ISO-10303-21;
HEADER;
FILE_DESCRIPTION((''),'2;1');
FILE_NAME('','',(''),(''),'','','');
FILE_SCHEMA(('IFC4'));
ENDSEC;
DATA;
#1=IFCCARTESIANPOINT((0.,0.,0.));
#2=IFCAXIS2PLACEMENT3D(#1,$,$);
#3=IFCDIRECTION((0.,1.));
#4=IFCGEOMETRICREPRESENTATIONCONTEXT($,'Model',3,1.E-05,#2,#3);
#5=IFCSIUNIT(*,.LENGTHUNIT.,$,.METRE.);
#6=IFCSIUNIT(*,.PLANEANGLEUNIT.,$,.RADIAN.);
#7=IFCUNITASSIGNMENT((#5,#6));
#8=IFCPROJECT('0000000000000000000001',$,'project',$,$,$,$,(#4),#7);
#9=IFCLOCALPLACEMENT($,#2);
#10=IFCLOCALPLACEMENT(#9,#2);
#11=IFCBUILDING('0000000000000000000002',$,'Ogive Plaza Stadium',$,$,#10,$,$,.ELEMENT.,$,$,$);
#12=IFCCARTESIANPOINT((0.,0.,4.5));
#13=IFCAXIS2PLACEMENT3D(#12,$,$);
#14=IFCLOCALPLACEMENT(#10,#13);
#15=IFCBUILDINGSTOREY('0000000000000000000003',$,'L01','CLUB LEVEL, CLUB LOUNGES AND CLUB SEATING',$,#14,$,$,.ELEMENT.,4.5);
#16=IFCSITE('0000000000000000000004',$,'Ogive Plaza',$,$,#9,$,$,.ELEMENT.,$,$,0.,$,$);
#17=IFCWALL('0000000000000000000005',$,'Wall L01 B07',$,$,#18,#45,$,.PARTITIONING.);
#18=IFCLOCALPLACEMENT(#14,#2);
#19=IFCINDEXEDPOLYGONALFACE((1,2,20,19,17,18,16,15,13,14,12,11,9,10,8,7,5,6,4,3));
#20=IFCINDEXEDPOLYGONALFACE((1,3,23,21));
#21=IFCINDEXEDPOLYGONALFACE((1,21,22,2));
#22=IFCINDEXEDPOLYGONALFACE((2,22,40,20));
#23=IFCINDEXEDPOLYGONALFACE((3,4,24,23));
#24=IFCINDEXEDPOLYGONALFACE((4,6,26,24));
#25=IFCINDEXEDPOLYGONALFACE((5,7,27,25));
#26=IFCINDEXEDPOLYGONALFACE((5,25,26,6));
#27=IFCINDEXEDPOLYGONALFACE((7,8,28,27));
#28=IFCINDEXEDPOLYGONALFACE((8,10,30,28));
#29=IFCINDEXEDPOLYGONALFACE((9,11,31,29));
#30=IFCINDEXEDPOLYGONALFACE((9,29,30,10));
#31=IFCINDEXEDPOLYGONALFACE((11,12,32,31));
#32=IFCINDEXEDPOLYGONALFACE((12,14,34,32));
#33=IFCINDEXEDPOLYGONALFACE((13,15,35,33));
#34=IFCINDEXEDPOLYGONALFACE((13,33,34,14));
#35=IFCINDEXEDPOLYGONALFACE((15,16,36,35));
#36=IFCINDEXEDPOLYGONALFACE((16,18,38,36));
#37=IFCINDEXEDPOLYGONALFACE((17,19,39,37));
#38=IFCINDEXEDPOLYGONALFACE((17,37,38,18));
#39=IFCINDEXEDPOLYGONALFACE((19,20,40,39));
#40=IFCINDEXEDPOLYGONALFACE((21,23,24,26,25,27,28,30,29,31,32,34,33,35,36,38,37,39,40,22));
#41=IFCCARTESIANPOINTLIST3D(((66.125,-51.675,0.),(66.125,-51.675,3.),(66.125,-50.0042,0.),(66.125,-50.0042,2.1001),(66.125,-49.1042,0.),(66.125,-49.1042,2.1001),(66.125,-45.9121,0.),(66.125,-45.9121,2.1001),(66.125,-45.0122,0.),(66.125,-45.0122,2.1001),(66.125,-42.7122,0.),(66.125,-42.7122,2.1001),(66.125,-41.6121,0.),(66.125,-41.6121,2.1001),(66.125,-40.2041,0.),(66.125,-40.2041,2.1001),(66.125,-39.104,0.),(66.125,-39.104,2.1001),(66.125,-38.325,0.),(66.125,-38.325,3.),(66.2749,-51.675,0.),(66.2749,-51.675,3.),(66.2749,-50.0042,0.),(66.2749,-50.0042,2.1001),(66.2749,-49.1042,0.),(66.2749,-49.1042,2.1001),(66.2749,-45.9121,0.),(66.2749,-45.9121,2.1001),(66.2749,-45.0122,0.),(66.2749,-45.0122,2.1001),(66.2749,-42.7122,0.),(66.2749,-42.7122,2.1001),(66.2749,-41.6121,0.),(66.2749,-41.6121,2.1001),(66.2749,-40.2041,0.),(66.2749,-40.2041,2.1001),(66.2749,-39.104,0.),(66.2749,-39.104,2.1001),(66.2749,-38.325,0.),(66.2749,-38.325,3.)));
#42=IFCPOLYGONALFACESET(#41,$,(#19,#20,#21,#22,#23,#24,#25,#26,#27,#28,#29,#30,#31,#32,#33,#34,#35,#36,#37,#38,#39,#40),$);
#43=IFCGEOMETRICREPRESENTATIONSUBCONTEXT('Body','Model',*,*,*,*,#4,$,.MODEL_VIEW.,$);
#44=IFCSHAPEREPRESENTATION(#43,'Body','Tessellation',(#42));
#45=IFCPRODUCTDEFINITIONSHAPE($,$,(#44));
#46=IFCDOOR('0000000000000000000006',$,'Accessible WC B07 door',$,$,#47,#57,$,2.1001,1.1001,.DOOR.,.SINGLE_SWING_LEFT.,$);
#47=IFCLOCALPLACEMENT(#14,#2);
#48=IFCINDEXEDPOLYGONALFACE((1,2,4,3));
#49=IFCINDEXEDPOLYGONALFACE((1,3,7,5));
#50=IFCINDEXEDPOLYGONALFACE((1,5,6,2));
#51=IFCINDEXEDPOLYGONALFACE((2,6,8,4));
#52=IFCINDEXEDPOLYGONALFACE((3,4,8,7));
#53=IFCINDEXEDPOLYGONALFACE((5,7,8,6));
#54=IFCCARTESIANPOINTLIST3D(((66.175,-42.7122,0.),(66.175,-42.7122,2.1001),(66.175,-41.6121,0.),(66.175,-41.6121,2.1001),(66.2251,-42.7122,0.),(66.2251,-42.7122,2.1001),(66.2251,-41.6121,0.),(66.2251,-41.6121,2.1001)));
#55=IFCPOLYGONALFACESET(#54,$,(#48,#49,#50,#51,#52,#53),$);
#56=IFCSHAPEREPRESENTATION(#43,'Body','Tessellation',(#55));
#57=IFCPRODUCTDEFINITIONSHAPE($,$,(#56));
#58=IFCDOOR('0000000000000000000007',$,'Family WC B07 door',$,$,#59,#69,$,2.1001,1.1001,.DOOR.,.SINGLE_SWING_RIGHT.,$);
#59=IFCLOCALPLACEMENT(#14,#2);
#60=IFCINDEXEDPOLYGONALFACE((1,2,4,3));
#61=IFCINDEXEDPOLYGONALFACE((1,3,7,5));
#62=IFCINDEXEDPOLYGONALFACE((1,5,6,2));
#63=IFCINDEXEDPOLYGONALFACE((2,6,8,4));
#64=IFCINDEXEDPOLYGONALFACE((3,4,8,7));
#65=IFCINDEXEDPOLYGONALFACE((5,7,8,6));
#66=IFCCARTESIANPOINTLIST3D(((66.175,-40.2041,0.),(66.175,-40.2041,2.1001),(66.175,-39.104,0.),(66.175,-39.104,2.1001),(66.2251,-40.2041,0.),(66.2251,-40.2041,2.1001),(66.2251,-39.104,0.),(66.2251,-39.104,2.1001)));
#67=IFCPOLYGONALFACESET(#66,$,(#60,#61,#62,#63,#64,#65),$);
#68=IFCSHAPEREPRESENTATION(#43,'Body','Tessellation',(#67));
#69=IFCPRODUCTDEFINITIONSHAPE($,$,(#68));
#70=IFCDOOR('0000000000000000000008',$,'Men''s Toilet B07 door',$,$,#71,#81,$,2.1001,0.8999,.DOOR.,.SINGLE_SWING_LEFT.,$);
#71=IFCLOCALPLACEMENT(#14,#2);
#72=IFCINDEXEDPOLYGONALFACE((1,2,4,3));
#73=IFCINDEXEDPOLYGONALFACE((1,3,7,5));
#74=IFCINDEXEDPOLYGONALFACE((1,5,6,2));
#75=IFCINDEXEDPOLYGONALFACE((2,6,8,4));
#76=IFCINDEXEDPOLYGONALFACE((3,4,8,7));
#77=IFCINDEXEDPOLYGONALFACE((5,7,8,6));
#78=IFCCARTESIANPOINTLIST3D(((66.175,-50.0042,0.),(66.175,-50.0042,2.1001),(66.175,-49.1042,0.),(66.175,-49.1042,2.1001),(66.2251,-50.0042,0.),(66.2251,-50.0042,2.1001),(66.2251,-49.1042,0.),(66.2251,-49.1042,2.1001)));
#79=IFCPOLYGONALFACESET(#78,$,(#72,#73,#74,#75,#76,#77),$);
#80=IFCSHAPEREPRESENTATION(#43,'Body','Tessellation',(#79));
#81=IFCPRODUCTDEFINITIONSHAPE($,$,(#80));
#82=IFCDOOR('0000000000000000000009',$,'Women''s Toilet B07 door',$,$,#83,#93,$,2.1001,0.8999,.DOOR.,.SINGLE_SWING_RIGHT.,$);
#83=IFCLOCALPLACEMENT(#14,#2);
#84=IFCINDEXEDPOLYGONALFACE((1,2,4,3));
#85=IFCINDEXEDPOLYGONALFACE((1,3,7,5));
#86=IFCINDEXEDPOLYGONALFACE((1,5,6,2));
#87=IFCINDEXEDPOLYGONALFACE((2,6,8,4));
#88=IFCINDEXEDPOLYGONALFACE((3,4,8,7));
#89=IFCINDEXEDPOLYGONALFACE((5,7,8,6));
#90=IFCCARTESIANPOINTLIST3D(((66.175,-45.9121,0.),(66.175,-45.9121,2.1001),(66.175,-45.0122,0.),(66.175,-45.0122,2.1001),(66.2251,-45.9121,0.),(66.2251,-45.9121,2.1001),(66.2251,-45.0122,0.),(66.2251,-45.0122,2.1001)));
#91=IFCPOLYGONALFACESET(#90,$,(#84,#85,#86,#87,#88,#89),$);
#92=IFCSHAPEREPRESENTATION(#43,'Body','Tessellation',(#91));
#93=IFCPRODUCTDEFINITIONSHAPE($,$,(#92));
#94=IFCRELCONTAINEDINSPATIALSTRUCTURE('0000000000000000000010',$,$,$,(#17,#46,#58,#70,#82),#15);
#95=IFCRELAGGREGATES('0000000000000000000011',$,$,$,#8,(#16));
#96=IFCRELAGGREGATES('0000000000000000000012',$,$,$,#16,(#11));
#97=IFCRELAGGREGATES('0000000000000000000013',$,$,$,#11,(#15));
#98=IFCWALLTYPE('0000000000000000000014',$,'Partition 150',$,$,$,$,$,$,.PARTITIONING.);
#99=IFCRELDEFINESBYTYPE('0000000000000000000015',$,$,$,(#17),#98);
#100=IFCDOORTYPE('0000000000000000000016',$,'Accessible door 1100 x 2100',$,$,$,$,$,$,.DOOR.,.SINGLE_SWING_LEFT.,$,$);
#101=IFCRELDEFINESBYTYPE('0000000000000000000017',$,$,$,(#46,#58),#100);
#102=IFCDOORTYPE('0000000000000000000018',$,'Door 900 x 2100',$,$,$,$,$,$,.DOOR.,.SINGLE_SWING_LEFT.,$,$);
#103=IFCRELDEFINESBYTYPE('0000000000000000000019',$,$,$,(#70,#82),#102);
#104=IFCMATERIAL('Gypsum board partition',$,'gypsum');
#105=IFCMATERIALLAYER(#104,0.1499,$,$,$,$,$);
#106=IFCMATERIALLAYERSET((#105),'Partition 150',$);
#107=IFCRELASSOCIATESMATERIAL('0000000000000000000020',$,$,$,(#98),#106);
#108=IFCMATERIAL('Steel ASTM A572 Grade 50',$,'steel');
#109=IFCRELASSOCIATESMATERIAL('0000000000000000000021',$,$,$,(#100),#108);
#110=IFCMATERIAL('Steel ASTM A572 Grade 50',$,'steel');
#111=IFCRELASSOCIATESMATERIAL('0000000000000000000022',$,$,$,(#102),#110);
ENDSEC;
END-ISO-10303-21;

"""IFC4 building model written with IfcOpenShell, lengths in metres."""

from ifc_helpers import new_model, si_unit, direction, frame, frame_2d, origin, place, context, subcontext, project, spatial, rectangle, extrude, material, layer, layer_set, type_object, element, fill, save


model = new_model("IFC4")

# Units and contexts
model_context = context("Model", 3, precision=1e-05, world=origin(), true_north=direction((0.0, 1.0)))
body_context = subcontext(model_context, "Body", "Model", "MODEL_VIEW")
ifc_project = project(units=[si_unit("LENGTHUNIT", "METRE"), si_unit("PLANEANGLEUNIT", "RADIAN")], contexts=[model_context])

# Site, building, storey
site_placement = place(None, origin())
site = spatial("IfcSite", under=ifc_project, at=site_placement, Name="Ogive Plaza", CompositionType="ELEMENT", RefElevation=0.0)
building_placement = place(site_placement, origin())
building = spatial("IfcBuilding", under=site, at=building_placement, Name="Ogive Plaza Stadium", CompositionType="ELEMENT")
storey_placement = place(building_placement, frame((0.0, 0.0, 4.5)))
storey = spatial("IfcBuildingStorey", under=building, at=storey_placement, Name="L01", Description="CLUB LEVEL, CLUB LOUNGES AND CLUB SEATING", CompositionType="ELEMENT", Elevation=4.5)

# Wall, openings, doors
ifc_material_1 = material(Name="Gypsum board partition", Category="gypsum")
ifc_layer_1 = layer(ifc_material_1, 0.1499)
ifc_layer_set_1 = layer_set([ifc_layer_1], Name="Partition 150")
wall_type_1 = type_object("IfcWallType", Name="Partition 150", PredefinedType="PARTITIONING", material=ifc_layer_set_1)
wall_1_placement = place(storey_placement, frame((66.2, -51.675, 0.0), z_axis=(0.0, 0.0, 1.0), x_axis=(0.0, 1.0, 0.0)))
wall_1 = element("IfcWall", 1, at=wall_1_placement, inside=storey, type_object=wall_type_1, Name="Wall L01 B07", PredefinedType="PARTITIONING", context=body_context, shape_type="SweptSolid", body=[
    extrude(rectangle(XDim=13.3501, YDim=0.1499, at=frame_2d((6.675, 0.0))), origin(), (0.0, 0.0, 1.0), 3.0),
])
opening_1_placement = place(wall_1_placement, frame((1.6709, 0.0, 0.0)))
opening_1 = element("IfcOpeningElement", 2, at=opening_1_placement, cuts=wall_1, PredefinedType="OPENING", context=body_context, shape_type="SweptSolid", body=[
    extrude(rectangle(XDim=0.8999, YDim=2.1001, at=frame_2d((0.45, 1.05))), frame((0.0, 0.075, 0.0), z_axis=(0.0, -1.0, 0.0), x_axis=(1.0, 0.0, 0.0)), (0.0, 0.0, 1.0), 0.1499),
])
opening_2_placement = place(wall_1_placement, frame((5.7629, 0.0, 0.0)))
opening_2 = element("IfcOpeningElement", 3, at=opening_2_placement, cuts=wall_1, PredefinedType="OPENING", context=body_context, shape_type="SweptSolid", body=[
    extrude(rectangle(XDim=0.8999, YDim=2.1001, at=frame_2d((0.45, 1.05))), frame((0.0, 0.075, 0.0), z_axis=(0.0, -1.0, 0.0), x_axis=(1.0, 0.0, 0.0)), (0.0, 0.0, 1.0), 0.1499),
])
opening_3_placement = place(wall_1_placement, frame((8.9629, 0.0, 0.0)))
opening_3 = element("IfcOpeningElement", 4, at=opening_3_placement, cuts=wall_1, PredefinedType="OPENING", context=body_context, shape_type="SweptSolid", body=[
    extrude(rectangle(XDim=1.1001, YDim=2.1001, at=frame_2d((0.55, 1.05))), frame((0.0, 0.075, 0.0), z_axis=(0.0, -1.0, 0.0), x_axis=(1.0, 0.0, 0.0)), (0.0, 0.0, 1.0), 0.1499),
])
opening_4_placement = place(wall_1_placement, frame((11.4709, 0.0, 0.0)))
opening_4 = element("IfcOpeningElement", 5, at=opening_4_placement, cuts=wall_1, PredefinedType="OPENING", context=body_context, shape_type="SweptSolid", body=[
    extrude(rectangle(XDim=1.1001, YDim=2.1001, at=frame_2d((0.55, 1.05))), frame((0.0, 0.075, 0.0), z_axis=(0.0, -1.0, 0.0), x_axis=(1.0, 0.0, 0.0)), (0.0, 0.0, 1.0), 0.1499),
])
ifc_material_2 = material(Name="Steel ASTM A572 Grade 50", Category="steel")
door_type_1 = type_object("IfcDoorType", Name="Accessible door 1100 x 2100", OperationType="SINGLE_SWING_LEFT", PredefinedType="DOOR", material=ifc_material_2)
door_1_placement = place(opening_3_placement, origin())
door_1 = element("IfcDoor", 6, at=door_1_placement, inside=storey, type_object=door_type_1, Name="Accessible WC B07 door", OperationType="SINGLE_SWING_LEFT", OverallHeight=2.1001, OverallWidth=1.1001, PredefinedType="DOOR", context=body_context, shape_type="SweptSolid", body=[
    extrude(rectangle(XDim=1.1001, YDim=2.1001, at=frame_2d((0.55, 1.05))), frame((0.0, 0.0249, 0.0), z_axis=(0.0, -1.0, 0.0), x_axis=(1.0, 0.0, 0.0)), (0.0, 0.0, 1.0), 0.05),
])
fill(opening_3, door_1)
door_2_placement = place(opening_4_placement, origin())
door_2 = element("IfcDoor", 7, at=door_2_placement, inside=storey, type_object=door_type_1, Name="Family WC B07 door", OperationType="SINGLE_SWING_RIGHT", OverallHeight=2.1001, OverallWidth=1.1001, PredefinedType="DOOR", context=body_context, shape_type="SweptSolid", body=[
    extrude(rectangle(XDim=1.1001, YDim=2.1001, at=frame_2d((0.55, 1.05))), frame((0.0, 0.0249, 0.0), z_axis=(0.0, -1.0, 0.0), x_axis=(1.0, 0.0, 0.0)), (0.0, 0.0, 1.0), 0.05),
])
fill(opening_4, door_2)
ifc_material_3 = material(Name="Steel ASTM A572 Grade 50", Category="steel")
door_type_2 = type_object("IfcDoorType", Name="Door 900 x 2100", OperationType="SINGLE_SWING_LEFT", PredefinedType="DOOR", material=ifc_material_3)
door_3_placement = place(opening_1_placement, origin())
door_3 = element("IfcDoor", 8, at=door_3_placement, inside=storey, type_object=door_type_2, Name="Men's Toilet B07 door", OperationType="SINGLE_SWING_LEFT", OverallHeight=2.1001, OverallWidth=0.8999, PredefinedType="DOOR", context=body_context, shape_type="SweptSolid", body=[
    extrude(rectangle(XDim=0.8999, YDim=2.1001, at=frame_2d((0.45, 1.05))), frame((0.0, 0.0249, 0.0), z_axis=(0.0, -1.0, 0.0), x_axis=(1.0, 0.0, 0.0)), (0.0, 0.0, 1.0), 0.05),
])
fill(opening_1, door_3)
door_4_placement = place(opening_2_placement, origin())
door_4 = element("IfcDoor", 9, at=door_4_placement, inside=storey, type_object=door_type_2, Name="Women's Toilet B07 door", OperationType="SINGLE_SWING_RIGHT", OverallHeight=2.1001, OverallWidth=0.8999, PredefinedType="DOOR", context=body_context, shape_type="SweptSolid", body=[
    extrude(rectangle(XDim=0.8999, YDim=2.1001, at=frame_2d((0.45, 1.05))), frame((0.0, 0.0249, 0.0), z_axis=(0.0, -1.0, 0.0), x_axis=(1.0, 0.0, 0.0)), (0.0, 0.0, 1.0), 0.05),
])
fill(opening_2, door_4)

save(model, "model.ifc")
